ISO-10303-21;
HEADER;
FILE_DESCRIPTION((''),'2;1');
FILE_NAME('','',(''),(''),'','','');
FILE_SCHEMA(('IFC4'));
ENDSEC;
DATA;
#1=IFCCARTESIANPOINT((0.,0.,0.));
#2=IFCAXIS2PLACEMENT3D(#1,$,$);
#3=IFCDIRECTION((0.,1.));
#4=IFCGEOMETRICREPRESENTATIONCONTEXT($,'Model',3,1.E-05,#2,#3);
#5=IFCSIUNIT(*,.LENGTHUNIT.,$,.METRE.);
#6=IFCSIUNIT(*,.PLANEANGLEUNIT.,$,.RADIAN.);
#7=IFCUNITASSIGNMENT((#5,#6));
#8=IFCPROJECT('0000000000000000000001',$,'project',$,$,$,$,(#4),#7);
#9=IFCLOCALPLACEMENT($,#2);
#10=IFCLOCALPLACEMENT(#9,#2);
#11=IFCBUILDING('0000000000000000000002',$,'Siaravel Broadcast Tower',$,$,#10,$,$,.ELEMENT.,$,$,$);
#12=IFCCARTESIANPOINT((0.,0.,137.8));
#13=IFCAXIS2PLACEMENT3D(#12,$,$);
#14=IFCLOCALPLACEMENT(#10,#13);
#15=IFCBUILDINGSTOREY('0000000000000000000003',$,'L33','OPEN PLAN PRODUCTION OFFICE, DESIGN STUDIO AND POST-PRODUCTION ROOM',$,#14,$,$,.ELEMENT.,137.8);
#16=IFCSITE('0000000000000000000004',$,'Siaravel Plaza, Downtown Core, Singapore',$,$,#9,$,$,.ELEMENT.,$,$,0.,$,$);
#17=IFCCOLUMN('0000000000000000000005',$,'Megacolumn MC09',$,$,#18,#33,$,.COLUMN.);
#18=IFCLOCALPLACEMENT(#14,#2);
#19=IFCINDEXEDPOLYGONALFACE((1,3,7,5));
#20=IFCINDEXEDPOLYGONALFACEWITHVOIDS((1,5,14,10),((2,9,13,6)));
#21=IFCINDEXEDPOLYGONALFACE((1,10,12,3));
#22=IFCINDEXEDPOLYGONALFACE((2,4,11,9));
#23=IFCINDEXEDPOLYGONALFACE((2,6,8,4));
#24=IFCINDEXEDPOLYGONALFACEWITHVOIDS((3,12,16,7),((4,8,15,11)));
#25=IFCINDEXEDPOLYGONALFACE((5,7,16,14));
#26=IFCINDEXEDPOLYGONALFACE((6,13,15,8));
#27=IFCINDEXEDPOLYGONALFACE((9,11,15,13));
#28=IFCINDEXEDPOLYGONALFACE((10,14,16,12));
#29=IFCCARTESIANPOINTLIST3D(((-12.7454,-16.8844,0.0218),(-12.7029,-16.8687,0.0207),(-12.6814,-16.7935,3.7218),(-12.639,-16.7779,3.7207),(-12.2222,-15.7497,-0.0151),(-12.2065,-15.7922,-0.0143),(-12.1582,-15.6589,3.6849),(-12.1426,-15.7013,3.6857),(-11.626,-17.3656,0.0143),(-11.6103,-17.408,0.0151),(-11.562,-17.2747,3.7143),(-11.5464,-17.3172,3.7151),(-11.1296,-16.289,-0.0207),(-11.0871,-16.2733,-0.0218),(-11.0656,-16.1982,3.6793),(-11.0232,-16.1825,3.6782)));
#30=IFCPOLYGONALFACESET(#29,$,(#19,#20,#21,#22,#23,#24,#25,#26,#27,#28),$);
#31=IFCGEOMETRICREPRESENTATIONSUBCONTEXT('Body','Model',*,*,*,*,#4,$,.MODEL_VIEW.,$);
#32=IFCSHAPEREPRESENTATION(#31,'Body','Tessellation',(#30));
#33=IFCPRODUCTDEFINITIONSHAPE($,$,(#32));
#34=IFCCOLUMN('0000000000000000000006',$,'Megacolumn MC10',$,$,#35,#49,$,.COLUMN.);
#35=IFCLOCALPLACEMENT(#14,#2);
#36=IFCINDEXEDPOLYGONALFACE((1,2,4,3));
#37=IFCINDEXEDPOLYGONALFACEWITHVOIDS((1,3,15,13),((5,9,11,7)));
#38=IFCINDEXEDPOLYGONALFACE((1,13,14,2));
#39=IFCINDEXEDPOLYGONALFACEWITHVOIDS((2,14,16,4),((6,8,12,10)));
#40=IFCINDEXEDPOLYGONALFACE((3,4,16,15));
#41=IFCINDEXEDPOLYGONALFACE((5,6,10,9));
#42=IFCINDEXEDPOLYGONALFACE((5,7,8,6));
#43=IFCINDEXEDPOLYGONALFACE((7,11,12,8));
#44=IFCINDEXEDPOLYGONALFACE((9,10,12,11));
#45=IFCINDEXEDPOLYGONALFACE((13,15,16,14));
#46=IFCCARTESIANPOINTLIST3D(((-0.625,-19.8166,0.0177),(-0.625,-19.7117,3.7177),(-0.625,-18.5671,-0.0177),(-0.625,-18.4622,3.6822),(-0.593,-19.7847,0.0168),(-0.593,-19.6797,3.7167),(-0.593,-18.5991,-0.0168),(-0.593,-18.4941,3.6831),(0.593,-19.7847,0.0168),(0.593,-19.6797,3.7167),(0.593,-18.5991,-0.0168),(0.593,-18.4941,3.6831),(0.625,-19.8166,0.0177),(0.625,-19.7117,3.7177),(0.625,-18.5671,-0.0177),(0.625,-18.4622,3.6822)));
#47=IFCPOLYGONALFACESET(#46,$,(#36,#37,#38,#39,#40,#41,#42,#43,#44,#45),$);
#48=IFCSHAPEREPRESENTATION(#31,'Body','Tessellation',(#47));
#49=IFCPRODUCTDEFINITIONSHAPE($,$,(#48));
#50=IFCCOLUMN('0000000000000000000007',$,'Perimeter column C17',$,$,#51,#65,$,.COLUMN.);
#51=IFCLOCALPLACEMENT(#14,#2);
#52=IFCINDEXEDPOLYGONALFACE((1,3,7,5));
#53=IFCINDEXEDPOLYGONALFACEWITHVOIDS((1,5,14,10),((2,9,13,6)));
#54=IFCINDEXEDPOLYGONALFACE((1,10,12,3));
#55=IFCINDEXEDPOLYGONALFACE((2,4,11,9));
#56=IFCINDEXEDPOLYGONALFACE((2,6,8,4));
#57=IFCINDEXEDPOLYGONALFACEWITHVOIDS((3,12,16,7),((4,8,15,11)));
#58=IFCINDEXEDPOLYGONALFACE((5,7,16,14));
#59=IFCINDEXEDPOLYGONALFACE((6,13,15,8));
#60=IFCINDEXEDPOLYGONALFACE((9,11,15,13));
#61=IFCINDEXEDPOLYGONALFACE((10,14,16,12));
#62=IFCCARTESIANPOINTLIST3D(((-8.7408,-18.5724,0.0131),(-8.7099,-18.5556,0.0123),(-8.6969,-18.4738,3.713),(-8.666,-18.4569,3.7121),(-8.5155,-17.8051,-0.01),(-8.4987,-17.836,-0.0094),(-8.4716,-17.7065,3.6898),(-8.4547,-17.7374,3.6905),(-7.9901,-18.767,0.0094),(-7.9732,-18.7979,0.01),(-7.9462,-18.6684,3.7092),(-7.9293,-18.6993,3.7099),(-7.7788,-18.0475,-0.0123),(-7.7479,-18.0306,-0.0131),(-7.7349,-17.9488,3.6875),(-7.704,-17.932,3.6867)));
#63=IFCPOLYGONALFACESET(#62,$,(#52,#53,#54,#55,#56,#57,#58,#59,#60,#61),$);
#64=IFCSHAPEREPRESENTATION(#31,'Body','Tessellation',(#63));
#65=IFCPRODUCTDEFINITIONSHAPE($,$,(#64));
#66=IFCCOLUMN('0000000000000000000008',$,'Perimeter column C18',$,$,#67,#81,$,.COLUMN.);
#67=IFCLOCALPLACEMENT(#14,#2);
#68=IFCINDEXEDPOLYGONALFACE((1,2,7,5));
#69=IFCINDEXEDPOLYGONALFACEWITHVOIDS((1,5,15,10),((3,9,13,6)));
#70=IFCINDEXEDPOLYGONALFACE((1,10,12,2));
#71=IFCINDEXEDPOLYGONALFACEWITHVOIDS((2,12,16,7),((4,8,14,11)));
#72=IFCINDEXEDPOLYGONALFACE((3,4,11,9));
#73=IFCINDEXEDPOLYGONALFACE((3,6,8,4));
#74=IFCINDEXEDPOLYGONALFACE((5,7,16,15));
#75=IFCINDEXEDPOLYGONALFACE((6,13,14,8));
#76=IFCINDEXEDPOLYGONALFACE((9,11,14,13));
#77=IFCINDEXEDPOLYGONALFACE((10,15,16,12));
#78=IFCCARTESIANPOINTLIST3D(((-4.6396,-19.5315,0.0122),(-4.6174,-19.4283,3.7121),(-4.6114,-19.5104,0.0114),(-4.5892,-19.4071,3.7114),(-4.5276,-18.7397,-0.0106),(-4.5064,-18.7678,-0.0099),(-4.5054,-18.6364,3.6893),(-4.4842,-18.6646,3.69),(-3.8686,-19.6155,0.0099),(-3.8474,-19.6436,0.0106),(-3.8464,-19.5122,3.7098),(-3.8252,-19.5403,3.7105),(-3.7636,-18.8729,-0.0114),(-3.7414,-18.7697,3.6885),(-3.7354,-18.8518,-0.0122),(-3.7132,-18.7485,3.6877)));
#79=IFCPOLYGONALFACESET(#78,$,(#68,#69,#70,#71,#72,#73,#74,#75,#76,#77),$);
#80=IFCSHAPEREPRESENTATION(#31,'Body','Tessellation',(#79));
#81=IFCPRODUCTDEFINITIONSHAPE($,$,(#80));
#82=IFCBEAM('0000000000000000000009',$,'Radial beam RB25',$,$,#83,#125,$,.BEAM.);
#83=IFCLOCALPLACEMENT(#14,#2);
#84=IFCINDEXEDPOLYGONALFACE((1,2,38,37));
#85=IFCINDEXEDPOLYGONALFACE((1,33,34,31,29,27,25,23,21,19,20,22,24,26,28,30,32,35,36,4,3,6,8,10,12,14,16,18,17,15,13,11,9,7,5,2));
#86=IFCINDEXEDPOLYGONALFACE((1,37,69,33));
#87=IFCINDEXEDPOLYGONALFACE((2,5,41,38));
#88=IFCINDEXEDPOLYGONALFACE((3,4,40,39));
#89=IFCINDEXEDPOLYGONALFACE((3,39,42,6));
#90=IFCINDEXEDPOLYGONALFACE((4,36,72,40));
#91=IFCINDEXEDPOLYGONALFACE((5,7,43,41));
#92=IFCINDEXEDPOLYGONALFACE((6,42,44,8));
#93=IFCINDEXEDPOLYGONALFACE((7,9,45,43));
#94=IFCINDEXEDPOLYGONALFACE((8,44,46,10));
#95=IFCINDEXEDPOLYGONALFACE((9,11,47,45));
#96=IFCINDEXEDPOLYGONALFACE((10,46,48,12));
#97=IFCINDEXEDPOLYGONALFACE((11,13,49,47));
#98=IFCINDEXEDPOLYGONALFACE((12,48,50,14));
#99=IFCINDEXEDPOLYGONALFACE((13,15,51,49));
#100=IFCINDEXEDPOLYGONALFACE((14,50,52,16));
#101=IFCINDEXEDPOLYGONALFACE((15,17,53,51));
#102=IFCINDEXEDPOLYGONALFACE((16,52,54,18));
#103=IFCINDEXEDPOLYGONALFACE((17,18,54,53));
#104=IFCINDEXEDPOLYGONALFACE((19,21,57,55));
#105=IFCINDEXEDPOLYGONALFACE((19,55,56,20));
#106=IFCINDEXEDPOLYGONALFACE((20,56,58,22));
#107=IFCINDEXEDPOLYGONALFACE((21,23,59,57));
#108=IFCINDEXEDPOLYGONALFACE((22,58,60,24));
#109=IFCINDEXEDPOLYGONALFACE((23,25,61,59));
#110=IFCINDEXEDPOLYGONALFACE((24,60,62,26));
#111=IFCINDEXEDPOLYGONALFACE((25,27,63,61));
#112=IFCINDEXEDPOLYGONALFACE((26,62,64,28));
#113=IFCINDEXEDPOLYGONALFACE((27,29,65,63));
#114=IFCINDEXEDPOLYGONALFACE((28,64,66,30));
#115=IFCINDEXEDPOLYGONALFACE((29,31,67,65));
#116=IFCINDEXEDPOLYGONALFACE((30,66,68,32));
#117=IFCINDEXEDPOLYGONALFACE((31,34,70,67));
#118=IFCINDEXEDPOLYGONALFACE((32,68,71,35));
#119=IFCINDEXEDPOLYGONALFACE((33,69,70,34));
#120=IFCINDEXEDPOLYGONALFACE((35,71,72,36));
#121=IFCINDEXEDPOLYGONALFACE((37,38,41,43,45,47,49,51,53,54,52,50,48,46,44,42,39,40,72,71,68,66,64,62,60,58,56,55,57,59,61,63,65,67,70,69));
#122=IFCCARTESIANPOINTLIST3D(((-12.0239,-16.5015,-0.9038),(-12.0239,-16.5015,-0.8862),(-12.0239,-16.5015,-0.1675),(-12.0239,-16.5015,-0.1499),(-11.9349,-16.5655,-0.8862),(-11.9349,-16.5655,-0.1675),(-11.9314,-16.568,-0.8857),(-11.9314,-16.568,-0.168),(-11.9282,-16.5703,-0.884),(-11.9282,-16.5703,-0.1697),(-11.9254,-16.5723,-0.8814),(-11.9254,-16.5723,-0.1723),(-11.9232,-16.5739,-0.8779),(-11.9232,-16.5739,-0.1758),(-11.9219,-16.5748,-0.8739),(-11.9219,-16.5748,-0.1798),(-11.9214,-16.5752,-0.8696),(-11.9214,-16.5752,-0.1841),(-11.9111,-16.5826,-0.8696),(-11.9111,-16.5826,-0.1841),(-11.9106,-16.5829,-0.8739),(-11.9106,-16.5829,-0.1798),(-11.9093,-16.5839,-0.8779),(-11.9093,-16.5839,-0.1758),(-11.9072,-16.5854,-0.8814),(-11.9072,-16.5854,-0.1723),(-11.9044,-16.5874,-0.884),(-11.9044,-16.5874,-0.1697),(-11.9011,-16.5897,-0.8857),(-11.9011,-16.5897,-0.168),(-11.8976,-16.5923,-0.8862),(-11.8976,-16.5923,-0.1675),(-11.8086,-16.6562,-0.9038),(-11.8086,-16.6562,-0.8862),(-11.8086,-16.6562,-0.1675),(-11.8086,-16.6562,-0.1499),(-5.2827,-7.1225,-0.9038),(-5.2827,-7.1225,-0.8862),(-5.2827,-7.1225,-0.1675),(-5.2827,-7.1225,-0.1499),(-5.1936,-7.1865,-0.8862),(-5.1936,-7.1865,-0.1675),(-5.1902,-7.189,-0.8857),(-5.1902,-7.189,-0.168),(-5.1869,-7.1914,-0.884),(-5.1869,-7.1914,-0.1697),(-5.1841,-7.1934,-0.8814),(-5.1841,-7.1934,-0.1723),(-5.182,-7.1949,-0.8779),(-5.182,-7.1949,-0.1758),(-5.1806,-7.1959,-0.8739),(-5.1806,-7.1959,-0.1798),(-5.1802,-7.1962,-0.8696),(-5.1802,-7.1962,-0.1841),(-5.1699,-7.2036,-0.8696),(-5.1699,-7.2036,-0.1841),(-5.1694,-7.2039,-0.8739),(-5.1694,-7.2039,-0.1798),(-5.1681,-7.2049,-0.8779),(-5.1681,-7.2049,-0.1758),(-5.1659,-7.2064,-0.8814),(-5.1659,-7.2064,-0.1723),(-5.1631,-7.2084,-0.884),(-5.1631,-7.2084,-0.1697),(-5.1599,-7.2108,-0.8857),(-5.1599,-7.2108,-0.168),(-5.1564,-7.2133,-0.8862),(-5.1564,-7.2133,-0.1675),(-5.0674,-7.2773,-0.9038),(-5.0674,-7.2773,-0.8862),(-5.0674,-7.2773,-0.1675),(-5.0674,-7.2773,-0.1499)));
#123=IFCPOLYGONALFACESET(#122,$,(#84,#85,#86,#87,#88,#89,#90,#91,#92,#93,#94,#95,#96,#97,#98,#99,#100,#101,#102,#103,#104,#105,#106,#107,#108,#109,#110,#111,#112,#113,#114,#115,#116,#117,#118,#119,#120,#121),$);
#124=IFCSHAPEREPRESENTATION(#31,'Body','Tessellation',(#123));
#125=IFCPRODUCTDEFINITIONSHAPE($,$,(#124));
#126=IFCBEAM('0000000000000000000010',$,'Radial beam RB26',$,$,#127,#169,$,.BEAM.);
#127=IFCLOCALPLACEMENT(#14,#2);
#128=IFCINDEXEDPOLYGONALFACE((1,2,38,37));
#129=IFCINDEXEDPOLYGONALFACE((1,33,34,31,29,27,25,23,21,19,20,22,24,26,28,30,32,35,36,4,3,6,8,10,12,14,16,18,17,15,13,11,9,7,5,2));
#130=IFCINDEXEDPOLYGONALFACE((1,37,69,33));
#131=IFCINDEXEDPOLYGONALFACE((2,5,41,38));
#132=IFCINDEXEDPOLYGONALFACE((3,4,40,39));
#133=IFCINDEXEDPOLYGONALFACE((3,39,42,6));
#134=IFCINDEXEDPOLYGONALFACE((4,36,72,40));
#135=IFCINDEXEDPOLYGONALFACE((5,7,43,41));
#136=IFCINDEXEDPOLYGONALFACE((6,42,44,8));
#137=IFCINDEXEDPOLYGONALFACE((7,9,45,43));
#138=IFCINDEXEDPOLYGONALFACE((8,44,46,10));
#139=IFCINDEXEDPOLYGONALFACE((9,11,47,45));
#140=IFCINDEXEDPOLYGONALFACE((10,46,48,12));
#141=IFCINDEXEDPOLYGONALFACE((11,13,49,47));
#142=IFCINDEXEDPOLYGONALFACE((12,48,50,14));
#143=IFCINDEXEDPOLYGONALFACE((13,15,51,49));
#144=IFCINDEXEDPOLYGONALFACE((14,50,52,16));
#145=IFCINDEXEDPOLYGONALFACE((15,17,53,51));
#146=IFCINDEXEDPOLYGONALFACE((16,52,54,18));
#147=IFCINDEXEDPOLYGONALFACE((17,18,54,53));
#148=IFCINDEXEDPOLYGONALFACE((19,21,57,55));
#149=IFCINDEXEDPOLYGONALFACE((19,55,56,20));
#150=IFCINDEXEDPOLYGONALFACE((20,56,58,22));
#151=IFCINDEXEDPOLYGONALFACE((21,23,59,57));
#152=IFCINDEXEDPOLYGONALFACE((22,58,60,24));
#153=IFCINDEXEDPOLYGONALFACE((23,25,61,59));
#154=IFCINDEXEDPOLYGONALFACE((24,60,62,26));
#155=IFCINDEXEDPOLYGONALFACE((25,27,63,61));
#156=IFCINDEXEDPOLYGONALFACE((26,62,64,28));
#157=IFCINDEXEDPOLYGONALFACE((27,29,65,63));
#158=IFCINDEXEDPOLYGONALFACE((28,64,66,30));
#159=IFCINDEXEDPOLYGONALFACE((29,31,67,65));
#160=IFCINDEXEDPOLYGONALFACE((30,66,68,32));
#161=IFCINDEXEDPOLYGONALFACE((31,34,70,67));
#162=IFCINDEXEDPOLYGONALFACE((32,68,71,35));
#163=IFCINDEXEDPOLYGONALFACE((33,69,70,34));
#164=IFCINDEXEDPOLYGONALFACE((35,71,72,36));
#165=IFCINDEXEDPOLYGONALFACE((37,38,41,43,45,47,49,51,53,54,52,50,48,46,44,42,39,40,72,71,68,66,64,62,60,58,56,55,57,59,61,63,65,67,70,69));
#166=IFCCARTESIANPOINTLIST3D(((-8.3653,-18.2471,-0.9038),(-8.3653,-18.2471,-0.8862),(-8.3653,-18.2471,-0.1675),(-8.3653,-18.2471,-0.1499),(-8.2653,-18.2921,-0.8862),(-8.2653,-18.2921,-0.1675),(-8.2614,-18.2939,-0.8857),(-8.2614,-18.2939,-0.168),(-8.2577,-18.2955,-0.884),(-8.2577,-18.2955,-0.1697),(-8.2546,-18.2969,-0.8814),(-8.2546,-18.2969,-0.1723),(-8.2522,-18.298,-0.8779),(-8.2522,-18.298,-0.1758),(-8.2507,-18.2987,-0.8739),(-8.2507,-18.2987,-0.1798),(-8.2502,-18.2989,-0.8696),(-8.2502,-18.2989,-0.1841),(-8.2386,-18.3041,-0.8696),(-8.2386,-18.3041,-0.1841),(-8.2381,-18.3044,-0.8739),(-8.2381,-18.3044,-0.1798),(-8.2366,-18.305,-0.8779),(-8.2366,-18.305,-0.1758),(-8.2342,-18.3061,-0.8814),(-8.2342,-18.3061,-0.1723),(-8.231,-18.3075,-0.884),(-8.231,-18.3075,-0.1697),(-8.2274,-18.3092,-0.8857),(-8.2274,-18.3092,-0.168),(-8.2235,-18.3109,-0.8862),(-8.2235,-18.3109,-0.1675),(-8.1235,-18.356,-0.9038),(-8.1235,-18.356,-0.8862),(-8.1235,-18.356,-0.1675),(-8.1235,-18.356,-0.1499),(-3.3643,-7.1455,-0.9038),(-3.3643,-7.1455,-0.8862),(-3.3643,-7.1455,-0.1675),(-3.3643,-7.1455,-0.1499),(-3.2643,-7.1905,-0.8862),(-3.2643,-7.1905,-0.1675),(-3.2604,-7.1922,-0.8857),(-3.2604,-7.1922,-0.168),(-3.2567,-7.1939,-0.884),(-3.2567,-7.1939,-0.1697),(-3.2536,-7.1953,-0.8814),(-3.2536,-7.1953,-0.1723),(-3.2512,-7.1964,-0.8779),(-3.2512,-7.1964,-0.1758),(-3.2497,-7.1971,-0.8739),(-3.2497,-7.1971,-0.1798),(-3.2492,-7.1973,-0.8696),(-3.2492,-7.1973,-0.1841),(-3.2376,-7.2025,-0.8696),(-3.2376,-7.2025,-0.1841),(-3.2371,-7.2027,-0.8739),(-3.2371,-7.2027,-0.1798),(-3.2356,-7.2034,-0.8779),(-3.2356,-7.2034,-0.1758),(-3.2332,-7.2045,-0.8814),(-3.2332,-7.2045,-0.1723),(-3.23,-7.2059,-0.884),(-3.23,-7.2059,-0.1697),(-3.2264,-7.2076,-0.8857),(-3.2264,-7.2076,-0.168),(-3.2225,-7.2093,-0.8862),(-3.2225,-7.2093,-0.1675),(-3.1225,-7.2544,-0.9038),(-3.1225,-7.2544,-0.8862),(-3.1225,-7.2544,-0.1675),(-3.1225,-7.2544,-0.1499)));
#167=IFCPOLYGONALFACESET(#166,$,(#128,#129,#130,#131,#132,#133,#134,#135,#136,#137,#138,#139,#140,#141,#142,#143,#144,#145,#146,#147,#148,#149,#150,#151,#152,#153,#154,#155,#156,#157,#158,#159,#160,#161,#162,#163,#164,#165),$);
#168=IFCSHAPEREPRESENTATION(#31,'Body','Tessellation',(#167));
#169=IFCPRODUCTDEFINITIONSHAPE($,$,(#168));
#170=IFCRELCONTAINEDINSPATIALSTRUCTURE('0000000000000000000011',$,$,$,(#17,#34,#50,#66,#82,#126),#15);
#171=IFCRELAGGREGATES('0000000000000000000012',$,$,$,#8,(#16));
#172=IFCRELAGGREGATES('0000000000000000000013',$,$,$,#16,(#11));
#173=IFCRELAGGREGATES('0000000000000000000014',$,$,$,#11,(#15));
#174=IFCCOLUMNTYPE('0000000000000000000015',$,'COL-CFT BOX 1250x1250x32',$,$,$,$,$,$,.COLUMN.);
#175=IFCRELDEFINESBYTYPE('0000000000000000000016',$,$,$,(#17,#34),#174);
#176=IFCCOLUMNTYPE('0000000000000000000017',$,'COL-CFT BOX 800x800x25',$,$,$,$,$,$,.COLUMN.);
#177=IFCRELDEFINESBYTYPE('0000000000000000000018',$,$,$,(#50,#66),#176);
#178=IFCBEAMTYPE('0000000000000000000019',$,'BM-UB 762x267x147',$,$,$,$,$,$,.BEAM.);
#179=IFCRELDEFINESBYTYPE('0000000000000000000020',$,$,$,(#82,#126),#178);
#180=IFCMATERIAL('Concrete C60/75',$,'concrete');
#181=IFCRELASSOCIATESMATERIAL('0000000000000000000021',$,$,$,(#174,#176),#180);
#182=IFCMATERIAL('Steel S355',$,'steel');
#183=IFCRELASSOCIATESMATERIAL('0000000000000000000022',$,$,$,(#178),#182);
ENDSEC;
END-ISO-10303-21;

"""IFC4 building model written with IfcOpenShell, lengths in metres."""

from ifc_helpers import new_model, si_unit, direction, frame, origin, origin_2d, place, context, subcontext, project, spatial, hollow_rectangle, i_section, extrude, material, material_profile, profile_set, type_object, element, save


model = new_model("IFC4")

# Units and contexts
model_context = context("Model", 3, precision=1e-05, world=origin(), true_north=direction((0.0, 1.0)))
body_context = subcontext(model_context, "Body", "Model", "MODEL_VIEW")
ifc_project = project(units=[si_unit("LENGTHUNIT", "METRE"), si_unit("PLANEANGLEUNIT", "RADIAN")], contexts=[model_context])

# Site, building, storey
site_placement = place(None, origin())
site = spatial("IfcSite", under=ifc_project, at=site_placement, Name="Siaravel Plaza, Downtown Core, Singapore", CompositionType="ELEMENT", RefElevation=0.0)
building_placement = place(site_placement, origin())
building = spatial("IfcBuilding", under=site, at=building_placement, Name="Siaravel Broadcast Tower", CompositionType="ELEMENT")
storey_placement = place(building_placement, frame((0.0, 0.0, 137.8)))
storey = spatial("IfcBuildingStorey", under=building, at=storey_placement, Name="L33", Description="OPEN PLAN PRODUCTION OFFICE, DESIGN STUDIO AND POST-PRODUCTION ROOM", CompositionType="ELEMENT", Elevation=137.8)

# Columns
ifc_material_1 = material(Name="Concrete C60/75", Category="concrete")
ifc_material_profile_1 = material_profile(ifc_material_1, hollow_rectangle(XDim=1.25, YDim=1.25, WallThickness=0.032, at=origin_2d()))
ifc_profile_set_1 = profile_set([ifc_material_profile_1], Name="Concrete C60/75")
column_type_1 = type_object("IfcColumnType", Name="COL-CFT BOX 1250x1250x32", PredefinedType="COLUMN", material=ifc_profile_set_1)
column_1_placement = place(storey_placement, frame((-11.9163, -16.5789, 0.0), z_axis=(0.01728, 0.024535, 0.99955), x_axis=(-0.908023, 0.418886, 0.005416)))
element("IfcColumn", 1, at=column_1_placement, inside=storey, type_object=column_type_1, Name="Megacolumn MC09", PredefinedType="COLUMN", context=body_context, shape_type="SweptSolid", body=[
    extrude(hollow_rectangle(XDim=1.25, YDim=1.25, WallThickness=0.032, at=origin_2d()), origin(), (0.0, 0.0, 1.0), 3.7017),
])
column_2_placement = place(storey_placement, frame((0.0, -19.1919, 0.0), z_axis=(0.0, 0.028362, 0.999598), x_axis=(-1.0, 0.0, 0.0)))
element("IfcColumn", 2, at=column_2_placement, inside=storey, type_object=column_type_1, Name="Megacolumn MC10", PredefinedType="COLUMN", context=body_context, shape_type="SweptSolid", body=[
    extrude(hollow_rectangle(XDim=1.25, YDim=1.25, WallThickness=0.032, at=origin_2d()), origin(), (0.0, 0.0, 1.0), 3.7014),
])
ifc_material_profile_2 = material_profile(ifc_material_1, hollow_rectangle(XDim=0.8, YDim=0.8, WallThickness=0.0249, at=origin_2d()))
ifc_profile_set_2 = profile_set([ifc_material_profile_2], Name="Concrete C60/75")
column_type_2 = type_object("IfcColumnType", Name="COL-CFT BOX 800x800x25", PredefinedType="COLUMN", material=ifc_profile_set_2)
for number, where, z_axis, x_axis, name in (
    (3, (-8.2444, -18.3015, 0.0), (0.011872, 0.026647, 0.999574), (-0.959458, 0.281826, 0.003883), "Perimeter column C17"),
    (4, (-4.1875, -19.1917, 0.0), (0.006002, 0.0279, 0.999593), (-0.990138, 0.140083, 0.002035), "Perimeter column C18"),
):
    element("IfcColumn", number, at=place(storey_placement, frame(where, z_axis=z_axis, x_axis=x_axis)), inside=storey, type_object=column_type_2, Name=name, PredefinedType="COLUMN", context=body_context, shape_type="SweptSolid", body=[
        extrude(hollow_rectangle(XDim=0.8, YDim=0.8, WallThickness=0.0249, at=origin_2d()), origin(), (0.0, 0.0, 1.0), 3.7014),
    ])

# Beams
ifc_material_2 = material(Name="Steel S355", Category="steel")
ifc_material_profile_3 = material_profile(ifc_material_2, i_section(OverallWidth=0.2651, OverallDepth=0.7539, WebThickness=0.0127, FlangeThickness=0.0176, FilletRadius=0.0166, at=origin_2d()))
ifc_profile_set_3 = profile_set([ifc_material_profile_3], Name="Steel S355")
beam_type = type_object("IfcBeamType", Name="BM-UB 762x267x147", PredefinedType="BEAM", material=ifc_profile_set_3)
beam_1_placement = place(storey_placement, frame((-11.9163, -16.5789, -0.5269), z_axis=(0.583643, 0.81201, 0.0), x_axis=(-0.81201, 0.583643, 0.0)))
element("IfcBeam", 5, at=beam_1_placement, inside=storey, type_object=beam_type, Name="Radial beam RB25", PredefinedType="BEAM", context=body_context, shape_type="SweptSolid", body=[
    extrude(i_section(OverallWidth=0.2651, OverallDepth=0.7539, WebThickness=0.0127, FlangeThickness=0.0176, FilletRadius=0.0166, at=origin_2d()), origin(), (0.0, 0.0, 1.0), 11.5503),
])
beam_2_placement = place(storey_placement, frame((-8.2444, -18.3015, -0.5269), z_axis=(0.410725, 0.911759, 0.0), x_axis=(-0.911759, 0.410725, 0.0)))
element("IfcBeam", 6, at=beam_2_placement, inside=storey, type_object=beam_type, Name="Radial beam RB26", PredefinedType="BEAM", context=body_context, shape_type="SweptSolid", body=[
    extrude(i_section(OverallWidth=0.2651, OverallDepth=0.7539, WebThickness=0.0127, FlangeThickness=0.0176, FilletRadius=0.0166, at=origin_2d()), origin(), (0.0, 0.0, 1.0), 12.176),
])

save(model, "model.ifc")
